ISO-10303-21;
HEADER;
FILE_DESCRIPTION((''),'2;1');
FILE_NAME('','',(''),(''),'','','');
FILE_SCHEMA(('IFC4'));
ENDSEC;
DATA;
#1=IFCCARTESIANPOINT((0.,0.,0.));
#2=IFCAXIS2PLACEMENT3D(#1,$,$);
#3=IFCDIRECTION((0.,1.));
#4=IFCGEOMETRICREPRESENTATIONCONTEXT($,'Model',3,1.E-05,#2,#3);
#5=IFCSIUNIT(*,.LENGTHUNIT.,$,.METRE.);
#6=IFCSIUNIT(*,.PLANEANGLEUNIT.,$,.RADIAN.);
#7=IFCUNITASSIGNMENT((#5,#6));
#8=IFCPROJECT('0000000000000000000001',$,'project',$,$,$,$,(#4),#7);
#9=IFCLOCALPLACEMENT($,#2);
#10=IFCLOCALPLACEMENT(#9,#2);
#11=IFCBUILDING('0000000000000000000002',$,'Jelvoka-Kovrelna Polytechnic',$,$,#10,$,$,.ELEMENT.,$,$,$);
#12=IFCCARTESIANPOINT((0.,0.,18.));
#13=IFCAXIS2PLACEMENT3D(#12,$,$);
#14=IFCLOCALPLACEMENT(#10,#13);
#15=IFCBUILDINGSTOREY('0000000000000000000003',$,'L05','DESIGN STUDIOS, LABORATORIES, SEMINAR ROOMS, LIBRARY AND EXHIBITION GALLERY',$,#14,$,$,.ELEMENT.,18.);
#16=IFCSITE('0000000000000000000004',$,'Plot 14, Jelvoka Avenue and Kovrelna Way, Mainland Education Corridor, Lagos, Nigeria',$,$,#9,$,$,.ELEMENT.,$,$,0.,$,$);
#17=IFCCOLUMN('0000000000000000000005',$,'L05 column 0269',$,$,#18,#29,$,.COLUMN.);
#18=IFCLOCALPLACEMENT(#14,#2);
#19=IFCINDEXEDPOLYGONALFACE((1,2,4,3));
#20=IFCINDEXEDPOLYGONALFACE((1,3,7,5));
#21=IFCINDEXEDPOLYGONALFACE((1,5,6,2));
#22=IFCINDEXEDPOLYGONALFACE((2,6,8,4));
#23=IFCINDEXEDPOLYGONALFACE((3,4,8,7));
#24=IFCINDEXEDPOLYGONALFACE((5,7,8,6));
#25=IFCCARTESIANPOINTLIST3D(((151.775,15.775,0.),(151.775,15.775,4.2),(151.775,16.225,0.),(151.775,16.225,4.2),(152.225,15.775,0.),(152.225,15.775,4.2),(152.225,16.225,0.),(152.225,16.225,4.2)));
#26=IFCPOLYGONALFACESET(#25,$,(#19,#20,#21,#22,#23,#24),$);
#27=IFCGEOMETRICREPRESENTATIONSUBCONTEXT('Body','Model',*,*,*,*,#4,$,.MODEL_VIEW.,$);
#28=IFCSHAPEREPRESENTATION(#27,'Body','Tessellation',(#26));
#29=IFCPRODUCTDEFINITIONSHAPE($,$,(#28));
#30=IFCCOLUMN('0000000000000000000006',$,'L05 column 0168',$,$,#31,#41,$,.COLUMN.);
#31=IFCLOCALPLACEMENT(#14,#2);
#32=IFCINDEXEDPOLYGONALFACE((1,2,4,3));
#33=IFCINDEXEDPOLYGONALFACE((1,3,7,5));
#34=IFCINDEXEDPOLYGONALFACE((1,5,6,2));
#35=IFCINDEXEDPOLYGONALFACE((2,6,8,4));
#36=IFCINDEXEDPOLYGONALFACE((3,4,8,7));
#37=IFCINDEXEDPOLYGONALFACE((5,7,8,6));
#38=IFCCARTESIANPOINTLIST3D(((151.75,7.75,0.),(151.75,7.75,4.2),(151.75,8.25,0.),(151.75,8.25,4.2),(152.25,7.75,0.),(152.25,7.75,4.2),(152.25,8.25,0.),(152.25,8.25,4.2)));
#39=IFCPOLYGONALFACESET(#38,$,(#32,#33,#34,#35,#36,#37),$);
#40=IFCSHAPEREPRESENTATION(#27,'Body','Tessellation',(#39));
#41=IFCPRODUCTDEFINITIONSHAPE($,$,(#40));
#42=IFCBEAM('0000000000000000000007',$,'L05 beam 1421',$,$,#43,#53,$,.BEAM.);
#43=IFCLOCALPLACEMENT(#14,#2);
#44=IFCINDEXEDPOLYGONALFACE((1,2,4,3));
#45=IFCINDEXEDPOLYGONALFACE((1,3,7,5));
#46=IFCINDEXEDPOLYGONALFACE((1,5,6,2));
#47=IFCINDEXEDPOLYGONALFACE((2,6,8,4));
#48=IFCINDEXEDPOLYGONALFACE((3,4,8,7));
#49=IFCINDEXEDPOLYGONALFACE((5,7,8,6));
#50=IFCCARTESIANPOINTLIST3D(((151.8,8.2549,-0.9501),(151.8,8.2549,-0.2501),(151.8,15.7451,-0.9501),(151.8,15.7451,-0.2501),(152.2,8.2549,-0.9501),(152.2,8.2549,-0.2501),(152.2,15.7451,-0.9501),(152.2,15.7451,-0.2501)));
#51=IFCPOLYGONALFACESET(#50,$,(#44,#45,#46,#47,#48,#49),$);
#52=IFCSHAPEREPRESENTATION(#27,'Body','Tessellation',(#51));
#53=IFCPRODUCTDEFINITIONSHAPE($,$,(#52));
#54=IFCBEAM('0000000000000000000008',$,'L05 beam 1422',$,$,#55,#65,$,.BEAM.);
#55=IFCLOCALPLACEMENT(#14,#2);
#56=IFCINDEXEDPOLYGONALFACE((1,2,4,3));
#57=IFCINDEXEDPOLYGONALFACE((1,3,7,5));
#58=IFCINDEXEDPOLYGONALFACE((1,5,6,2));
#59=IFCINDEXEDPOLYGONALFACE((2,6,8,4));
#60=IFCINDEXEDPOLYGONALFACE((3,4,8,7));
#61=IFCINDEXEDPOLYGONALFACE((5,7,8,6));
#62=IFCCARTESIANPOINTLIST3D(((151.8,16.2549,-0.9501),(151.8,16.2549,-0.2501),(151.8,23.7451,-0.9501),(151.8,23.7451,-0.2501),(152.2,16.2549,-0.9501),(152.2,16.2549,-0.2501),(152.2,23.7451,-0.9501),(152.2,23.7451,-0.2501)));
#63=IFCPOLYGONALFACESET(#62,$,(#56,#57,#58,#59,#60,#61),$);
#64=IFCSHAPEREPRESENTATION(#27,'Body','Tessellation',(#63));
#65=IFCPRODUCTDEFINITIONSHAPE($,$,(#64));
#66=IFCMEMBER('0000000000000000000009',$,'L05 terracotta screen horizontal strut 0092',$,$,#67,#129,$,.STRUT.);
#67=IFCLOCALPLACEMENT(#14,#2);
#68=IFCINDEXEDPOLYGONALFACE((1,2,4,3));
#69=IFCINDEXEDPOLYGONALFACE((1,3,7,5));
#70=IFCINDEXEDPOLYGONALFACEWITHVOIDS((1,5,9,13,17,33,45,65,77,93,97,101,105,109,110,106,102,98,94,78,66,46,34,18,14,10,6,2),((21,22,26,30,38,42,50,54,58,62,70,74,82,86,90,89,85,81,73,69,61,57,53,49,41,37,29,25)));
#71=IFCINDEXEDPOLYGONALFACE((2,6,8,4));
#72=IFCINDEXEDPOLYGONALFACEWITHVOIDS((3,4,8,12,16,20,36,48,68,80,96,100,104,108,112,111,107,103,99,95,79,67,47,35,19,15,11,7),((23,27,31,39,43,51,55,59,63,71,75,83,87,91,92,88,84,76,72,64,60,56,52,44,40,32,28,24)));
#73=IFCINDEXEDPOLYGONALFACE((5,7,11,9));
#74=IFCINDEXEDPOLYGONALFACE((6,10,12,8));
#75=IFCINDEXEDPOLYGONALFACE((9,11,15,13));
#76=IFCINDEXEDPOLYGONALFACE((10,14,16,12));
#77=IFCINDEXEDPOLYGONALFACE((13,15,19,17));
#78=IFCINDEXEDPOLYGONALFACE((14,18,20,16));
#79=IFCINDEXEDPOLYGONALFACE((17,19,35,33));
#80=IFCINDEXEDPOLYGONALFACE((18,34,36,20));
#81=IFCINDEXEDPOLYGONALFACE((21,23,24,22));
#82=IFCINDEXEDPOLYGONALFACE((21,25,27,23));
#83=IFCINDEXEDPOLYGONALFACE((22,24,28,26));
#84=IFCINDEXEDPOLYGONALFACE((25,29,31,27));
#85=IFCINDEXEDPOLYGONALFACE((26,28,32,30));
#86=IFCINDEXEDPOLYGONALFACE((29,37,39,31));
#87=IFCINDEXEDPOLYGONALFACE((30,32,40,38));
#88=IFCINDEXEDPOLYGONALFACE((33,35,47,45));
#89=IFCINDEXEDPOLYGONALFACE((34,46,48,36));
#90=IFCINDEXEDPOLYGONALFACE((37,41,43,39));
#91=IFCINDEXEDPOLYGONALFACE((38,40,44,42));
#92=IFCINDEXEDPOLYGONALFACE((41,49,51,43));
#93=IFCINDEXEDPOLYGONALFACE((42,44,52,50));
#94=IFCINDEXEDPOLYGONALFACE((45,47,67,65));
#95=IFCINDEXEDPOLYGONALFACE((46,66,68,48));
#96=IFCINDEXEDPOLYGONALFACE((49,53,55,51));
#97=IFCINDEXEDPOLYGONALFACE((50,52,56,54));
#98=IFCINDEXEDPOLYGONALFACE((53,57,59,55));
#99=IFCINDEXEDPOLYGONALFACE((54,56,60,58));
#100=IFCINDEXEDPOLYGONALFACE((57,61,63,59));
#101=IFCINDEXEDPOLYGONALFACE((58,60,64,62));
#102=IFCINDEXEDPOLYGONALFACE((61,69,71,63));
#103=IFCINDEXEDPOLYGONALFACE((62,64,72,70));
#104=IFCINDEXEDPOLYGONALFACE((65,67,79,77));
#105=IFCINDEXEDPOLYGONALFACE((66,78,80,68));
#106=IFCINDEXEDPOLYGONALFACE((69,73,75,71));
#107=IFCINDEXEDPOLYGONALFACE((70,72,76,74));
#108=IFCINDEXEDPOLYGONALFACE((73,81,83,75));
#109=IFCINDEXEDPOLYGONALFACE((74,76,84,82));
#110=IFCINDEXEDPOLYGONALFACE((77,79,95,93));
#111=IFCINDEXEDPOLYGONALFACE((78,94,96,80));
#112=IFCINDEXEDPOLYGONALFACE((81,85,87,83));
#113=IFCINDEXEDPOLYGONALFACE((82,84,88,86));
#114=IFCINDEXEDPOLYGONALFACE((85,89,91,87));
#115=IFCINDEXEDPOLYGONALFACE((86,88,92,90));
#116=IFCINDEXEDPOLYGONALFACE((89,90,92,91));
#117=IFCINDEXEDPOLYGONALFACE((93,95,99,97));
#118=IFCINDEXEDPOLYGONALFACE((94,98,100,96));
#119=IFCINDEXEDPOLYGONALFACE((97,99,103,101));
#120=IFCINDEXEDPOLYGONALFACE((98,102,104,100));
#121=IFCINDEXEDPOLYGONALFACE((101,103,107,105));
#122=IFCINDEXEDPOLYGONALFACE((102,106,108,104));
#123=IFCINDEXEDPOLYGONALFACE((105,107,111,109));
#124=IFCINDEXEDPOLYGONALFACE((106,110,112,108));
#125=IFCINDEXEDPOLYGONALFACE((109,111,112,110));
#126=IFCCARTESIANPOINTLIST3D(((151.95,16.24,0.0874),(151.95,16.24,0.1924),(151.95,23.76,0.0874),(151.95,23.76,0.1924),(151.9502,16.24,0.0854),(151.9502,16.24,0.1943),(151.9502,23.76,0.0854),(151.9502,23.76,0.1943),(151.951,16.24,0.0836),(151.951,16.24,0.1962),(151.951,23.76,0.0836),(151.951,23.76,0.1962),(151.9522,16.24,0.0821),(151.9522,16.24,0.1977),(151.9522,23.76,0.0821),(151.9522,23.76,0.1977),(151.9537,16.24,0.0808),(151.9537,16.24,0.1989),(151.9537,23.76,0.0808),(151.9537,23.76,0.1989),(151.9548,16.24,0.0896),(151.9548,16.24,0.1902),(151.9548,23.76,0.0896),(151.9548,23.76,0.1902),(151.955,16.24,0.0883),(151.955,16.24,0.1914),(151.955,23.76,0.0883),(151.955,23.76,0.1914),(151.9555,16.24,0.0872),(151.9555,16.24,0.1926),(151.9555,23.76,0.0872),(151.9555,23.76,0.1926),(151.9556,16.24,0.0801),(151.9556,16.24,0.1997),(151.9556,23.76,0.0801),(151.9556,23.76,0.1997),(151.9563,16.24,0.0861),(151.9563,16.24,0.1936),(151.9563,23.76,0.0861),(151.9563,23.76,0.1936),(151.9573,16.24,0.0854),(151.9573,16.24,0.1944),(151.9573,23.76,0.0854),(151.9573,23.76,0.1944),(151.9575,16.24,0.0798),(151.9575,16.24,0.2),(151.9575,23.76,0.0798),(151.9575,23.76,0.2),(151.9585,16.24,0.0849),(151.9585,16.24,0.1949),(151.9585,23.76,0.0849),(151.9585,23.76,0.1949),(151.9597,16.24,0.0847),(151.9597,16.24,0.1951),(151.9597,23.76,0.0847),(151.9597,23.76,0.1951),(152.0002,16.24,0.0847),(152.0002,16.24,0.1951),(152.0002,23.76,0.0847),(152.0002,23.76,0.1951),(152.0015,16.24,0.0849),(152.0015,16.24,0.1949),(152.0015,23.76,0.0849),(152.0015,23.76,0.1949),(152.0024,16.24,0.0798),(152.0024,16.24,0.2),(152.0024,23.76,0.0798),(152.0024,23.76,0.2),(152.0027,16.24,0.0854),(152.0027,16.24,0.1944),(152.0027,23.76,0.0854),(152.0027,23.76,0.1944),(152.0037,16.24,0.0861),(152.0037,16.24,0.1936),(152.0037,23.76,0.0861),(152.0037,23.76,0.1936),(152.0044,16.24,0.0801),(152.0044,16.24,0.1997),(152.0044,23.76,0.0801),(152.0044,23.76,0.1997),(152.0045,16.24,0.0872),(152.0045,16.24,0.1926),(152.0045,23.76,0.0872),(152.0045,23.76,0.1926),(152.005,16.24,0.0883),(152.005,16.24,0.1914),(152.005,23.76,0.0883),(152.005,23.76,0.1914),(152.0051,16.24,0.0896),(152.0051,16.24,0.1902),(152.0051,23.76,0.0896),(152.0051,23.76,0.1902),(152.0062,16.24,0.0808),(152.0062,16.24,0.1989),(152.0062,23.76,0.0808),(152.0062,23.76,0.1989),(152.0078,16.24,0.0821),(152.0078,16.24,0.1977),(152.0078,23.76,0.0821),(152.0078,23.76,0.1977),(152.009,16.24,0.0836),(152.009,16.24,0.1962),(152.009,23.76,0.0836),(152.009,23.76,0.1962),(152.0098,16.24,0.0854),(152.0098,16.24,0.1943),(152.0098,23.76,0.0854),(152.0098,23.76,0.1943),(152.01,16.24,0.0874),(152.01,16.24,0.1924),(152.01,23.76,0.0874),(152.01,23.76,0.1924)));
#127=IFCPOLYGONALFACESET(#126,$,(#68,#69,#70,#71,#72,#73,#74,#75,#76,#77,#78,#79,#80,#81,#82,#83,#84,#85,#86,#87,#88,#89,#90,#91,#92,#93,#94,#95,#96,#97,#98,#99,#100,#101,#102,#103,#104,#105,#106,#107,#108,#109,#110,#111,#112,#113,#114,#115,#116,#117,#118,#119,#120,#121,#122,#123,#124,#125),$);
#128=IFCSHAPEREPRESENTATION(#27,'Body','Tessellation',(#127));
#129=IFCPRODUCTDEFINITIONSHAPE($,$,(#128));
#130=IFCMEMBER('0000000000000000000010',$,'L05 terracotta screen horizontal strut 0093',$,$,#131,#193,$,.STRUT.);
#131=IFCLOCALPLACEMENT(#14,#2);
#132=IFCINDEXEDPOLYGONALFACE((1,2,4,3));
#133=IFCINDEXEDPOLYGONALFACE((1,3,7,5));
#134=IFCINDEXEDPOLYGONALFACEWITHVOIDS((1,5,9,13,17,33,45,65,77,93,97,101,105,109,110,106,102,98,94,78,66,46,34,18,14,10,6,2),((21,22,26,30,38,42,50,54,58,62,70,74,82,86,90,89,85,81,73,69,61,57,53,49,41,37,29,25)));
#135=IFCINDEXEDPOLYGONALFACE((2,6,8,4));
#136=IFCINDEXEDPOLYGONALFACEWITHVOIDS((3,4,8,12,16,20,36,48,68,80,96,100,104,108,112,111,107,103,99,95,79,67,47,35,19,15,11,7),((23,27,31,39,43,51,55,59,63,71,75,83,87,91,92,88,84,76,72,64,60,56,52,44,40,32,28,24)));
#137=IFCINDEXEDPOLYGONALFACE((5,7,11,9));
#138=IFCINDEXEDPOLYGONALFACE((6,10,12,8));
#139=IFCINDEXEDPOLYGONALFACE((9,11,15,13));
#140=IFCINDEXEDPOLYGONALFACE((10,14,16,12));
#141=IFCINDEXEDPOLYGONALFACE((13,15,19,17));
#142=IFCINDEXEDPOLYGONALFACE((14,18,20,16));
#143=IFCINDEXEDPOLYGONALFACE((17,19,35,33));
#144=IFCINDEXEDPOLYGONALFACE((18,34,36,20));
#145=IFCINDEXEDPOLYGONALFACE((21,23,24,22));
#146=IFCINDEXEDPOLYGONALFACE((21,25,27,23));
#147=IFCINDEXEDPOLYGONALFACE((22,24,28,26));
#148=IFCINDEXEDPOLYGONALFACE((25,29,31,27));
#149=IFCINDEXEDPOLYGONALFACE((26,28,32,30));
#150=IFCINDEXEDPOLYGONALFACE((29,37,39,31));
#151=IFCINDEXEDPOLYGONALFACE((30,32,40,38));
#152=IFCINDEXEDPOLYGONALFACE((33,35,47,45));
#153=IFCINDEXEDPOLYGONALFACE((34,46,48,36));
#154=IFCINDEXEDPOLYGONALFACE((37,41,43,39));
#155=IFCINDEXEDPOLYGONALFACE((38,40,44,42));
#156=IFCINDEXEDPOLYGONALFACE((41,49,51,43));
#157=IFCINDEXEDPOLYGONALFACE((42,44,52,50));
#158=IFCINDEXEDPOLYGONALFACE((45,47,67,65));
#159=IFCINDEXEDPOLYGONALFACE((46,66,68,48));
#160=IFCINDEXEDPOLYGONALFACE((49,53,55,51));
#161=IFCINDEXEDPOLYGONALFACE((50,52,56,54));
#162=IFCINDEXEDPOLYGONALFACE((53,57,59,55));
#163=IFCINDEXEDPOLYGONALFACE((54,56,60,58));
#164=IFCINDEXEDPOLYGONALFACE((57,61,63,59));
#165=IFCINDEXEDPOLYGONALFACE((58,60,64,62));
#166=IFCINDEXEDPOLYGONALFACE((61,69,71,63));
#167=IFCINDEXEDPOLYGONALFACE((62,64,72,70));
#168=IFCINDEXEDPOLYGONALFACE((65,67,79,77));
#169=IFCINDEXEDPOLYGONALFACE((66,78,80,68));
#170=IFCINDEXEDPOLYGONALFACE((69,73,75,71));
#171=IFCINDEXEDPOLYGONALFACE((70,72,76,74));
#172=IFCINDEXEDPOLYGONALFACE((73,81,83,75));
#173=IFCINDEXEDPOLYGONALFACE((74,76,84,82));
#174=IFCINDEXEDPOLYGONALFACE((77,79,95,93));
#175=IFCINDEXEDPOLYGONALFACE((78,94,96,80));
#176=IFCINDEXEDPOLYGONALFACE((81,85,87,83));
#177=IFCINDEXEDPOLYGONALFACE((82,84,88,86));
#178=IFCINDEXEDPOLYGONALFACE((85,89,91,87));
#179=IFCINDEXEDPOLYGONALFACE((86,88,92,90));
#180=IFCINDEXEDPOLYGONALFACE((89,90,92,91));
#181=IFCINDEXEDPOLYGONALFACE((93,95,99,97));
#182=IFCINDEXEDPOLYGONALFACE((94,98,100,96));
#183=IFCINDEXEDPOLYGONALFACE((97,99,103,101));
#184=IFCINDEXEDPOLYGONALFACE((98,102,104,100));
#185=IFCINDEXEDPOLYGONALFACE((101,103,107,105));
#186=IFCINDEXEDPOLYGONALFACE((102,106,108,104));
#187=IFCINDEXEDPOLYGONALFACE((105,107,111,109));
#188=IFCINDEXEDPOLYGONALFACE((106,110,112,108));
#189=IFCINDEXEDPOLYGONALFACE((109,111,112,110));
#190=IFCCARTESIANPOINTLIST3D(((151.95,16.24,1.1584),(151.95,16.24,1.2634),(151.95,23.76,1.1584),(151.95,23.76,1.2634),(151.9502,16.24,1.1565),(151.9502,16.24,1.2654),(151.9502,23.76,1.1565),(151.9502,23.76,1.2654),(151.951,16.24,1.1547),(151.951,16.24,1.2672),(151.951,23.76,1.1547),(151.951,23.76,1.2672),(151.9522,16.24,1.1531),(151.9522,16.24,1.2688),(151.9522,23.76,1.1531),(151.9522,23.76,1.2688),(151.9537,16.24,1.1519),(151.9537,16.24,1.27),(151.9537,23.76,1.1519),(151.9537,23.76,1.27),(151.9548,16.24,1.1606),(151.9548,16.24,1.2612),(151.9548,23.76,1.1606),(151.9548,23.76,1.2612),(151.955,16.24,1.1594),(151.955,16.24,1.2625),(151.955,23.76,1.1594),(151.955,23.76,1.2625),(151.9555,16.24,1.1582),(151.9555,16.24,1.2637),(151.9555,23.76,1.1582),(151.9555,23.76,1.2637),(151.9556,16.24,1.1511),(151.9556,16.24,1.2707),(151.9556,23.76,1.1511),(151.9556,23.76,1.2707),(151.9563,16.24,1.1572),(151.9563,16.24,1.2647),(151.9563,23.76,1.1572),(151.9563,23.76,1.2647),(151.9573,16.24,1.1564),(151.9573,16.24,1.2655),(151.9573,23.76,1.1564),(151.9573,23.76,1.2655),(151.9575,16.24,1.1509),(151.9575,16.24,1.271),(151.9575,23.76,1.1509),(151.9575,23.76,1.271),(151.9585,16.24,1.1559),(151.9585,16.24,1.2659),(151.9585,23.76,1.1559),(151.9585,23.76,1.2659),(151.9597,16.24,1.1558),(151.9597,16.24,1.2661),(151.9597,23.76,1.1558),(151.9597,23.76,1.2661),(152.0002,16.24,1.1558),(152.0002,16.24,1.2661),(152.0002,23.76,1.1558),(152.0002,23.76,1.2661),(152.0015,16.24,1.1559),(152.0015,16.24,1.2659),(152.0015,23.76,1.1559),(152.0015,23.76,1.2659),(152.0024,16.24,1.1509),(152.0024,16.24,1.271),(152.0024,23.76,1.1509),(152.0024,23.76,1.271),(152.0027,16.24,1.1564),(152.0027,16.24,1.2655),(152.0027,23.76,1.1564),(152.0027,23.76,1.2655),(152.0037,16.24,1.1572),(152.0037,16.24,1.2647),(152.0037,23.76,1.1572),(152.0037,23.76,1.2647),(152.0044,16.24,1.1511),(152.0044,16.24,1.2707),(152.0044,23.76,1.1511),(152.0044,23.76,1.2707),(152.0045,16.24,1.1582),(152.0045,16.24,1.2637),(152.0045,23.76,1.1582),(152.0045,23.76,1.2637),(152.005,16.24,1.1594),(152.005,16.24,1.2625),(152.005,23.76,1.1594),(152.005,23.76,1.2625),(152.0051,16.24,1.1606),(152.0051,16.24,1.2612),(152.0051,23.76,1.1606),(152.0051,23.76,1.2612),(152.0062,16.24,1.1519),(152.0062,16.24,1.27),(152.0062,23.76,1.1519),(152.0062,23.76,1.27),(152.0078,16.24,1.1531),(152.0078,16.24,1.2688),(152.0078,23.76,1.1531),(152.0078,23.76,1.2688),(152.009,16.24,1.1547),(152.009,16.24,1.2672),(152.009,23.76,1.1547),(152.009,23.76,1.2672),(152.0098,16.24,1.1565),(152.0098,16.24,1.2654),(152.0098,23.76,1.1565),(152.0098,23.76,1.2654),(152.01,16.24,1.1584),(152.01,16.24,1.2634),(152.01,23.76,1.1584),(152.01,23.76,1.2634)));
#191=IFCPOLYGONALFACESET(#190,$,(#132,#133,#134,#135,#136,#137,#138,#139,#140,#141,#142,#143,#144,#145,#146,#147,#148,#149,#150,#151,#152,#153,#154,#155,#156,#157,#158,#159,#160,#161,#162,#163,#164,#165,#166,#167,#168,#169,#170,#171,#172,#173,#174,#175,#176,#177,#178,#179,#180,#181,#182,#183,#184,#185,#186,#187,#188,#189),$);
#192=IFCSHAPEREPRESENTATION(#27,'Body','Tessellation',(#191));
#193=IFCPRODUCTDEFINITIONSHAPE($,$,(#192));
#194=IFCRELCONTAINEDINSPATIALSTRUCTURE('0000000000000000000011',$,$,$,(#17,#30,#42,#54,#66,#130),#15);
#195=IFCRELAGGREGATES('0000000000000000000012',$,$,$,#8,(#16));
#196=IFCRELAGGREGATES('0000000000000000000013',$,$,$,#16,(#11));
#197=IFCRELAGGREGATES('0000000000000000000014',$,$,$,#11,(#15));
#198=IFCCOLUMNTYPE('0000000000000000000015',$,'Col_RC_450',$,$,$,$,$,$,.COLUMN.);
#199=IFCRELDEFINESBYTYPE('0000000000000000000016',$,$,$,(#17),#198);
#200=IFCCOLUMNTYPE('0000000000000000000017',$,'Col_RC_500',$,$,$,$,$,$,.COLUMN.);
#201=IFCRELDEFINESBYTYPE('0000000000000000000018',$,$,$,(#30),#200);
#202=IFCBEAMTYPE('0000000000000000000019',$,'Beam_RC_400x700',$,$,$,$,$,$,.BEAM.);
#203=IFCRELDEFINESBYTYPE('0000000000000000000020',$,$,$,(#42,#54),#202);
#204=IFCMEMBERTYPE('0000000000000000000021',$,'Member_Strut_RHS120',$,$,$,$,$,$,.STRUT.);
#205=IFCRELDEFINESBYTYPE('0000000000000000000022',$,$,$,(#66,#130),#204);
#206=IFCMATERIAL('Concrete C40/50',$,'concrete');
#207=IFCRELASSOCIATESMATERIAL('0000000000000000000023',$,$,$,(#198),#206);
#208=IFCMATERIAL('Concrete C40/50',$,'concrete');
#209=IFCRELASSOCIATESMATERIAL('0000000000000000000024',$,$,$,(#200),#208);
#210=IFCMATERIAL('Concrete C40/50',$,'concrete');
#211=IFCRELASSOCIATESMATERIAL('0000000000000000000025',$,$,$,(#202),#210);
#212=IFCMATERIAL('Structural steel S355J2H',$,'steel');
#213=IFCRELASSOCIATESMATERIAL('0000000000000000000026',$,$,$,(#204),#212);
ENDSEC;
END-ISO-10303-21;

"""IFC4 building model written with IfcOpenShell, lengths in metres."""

from ifc_helpers import new_model, si_unit, direction, frame, origin, origin_2d, place, context, subcontext, project, spatial, rectangle, hollow_rectangle, extrude, material, material_profile, profile_set, type_object, element, save


model = new_model("IFC4")

# Units and contexts
model_context = context("Model", 3, precision=1e-05, world=origin(), true_north=direction((0.0, 1.0)))
body_context = subcontext(model_context, "Body", "Model", "MODEL_VIEW")
ifc_project = project(units=[si_unit("LENGTHUNIT", "METRE"), si_unit("PLANEANGLEUNIT", "RADIAN")], contexts=[model_context])

# Site, building, storey
site_placement = place(None, origin())
site = spatial("IfcSite", under=ifc_project, at=site_placement, Name="Plot 14, Jelvoka Avenue and Kovrelna Way, Mainland Education Corridor, Lagos, Nigeria", CompositionType="ELEMENT", RefElevation=0.0)
building_placement = place(site_placement, origin())
building = spatial("IfcBuilding", under=site, at=building_placement, Name="Jelvoka-Kovrelna Polytechnic", CompositionType="ELEMENT")
storey_placement = place(building_placement, frame((0.0, 0.0, 18.0)))
storey = spatial("IfcBuildingStorey", under=building, at=storey_placement, Name="L05", Description="DESIGN STUDIOS, LABORATORIES, SEMINAR ROOMS, LIBRARY AND EXHIBITION GALLERY", CompositionType="ELEMENT", Elevation=18.0)

# Columns
ifc_material_1 = material(Name="Concrete C40/50", Category="concrete")
ifc_material_profile_1 = material_profile(ifc_material_1, rectangle(XDim=0.45, YDim=0.45, at=origin_2d()), Name="RC 450x450")
ifc_profile_set_1 = profile_set([ifc_material_profile_1], Name="Concrete C40/50")
column_type_1 = type_object("IfcColumnType", Name="Col_RC_450", PredefinedType="COLUMN", material=ifc_profile_set_1)
column_1_placement = place(storey_placement, frame((152.0, 16.0, 0.0), z_axis=(0.0, 0.0, 1.0), x_axis=(1.0, 0.0, 0.0)))
element("IfcColumn", 1, at=column_1_placement, inside=storey, type_object=column_type_1, Name="L05 column 0269", PredefinedType="COLUMN", context=body_context, shape_type="SweptSolid", body=[
    extrude(rectangle(XDim=0.45, YDim=0.45, at=origin_2d()), origin(), (0.0, 0.0, 1.0), 4.2),
])
ifc_material_2 = material(Name="Concrete C40/50", Category="concrete")
ifc_material_profile_2 = material_profile(ifc_material_2, rectangle(XDim=0.5, YDim=0.5, at=origin_2d()), Name="RC 500x500")
ifc_profile_set_2 = profile_set([ifc_material_profile_2], Name="Concrete C40/50")
column_type_2 = type_object("IfcColumnType", Name="Col_RC_500", PredefinedType="COLUMN", material=ifc_profile_set_2)
column_2_placement = place(storey_placement, frame((152.0, 8.0, 0.0), z_axis=(0.0, 0.0, 1.0), x_axis=(1.0, 0.0, 0.0)))
element("IfcColumn", 2, at=column_2_placement, inside=storey, type_object=column_type_2, Name="L05 column 0168", PredefinedType="COLUMN", context=body_context, shape_type="SweptSolid", body=[
    extrude(rectangle(XDim=0.5, YDim=0.5, at=origin_2d()), origin(), (0.0, 0.0, 1.0), 4.2),
])

# Beams
ifc_material_3 = material(Name="Concrete C40/50", Category="concrete")
ifc_material_profile_3 = material_profile(ifc_material_3, rectangle(XDim=0.3999, YDim=0.7, at=origin_2d()), Name="RC 400x700")
ifc_profile_set_3 = profile_set([ifc_material_profile_3], Name="Concrete C40/50")
beam_type = type_object("IfcBeamType", Name="Beam_RC_400x700", PredefinedType="BEAM", material=ifc_profile_set_3)
for number, where, z_axis, x_axis, name in (
    (3, (152.0, 8.2549, -0.6001), (0.0, 1.0, 0.0), (-1.0, 0.0, 0.0), "L05 beam 1421"),
    (4, (152.0, 16.2549, -0.6001), (0.0, 1.0, 0.0), (-1.0, 0.0, 0.0), "L05 beam 1422"),
):
    element("IfcBeam", number, at=place(storey_placement, frame(where, z_axis=z_axis, x_axis=x_axis)), inside=storey, type_object=beam_type, Name=name, PredefinedType="BEAM", context=body_context, shape_type="SweptSolid", body=[
        extrude(rectangle(XDim=0.3999, YDim=0.7, at=origin_2d()), origin(), (0.0, 0.0, 1.0), 7.4902),
    ])

# Members
ifc_material_4 = material(Name="Structural steel S355J2H", Category="steel")
ifc_material_profile_4 = material_profile(ifc_material_4, hollow_rectangle(XDim=0.0601, YDim=0.1201, WallThickness=0.0049, InnerFilletRadius=0.0049, OuterFilletRadius=0.0076, at=origin_2d()), Name="120x60x5.0 RHS")
ifc_profile_set_4 = profile_set([ifc_material_profile_4], Name="Structural steel S355J2H")
member_type_1 = type_object("IfcMemberType", Name="Member_Strut_RHS120", PredefinedType="STRUT", material=ifc_profile_set_4)
for number, where, z_axis, x_axis, name in (
    (5, (151.98, 16.24, 0.1399), (0.0, 1.0, 0.0), (-1.0, 0.0, 0.0), "L05 terracotta screen horizontal strut 0092"),
    (6, (151.98, 16.24, 1.2109), (0.0, 1.0, 0.0), (-1.0, 0.0, 0.0), "L05 terracotta screen horizontal strut 0093"),
):
    element("IfcMember", number, at=place(storey_placement, frame(where, z_axis=z_axis, x_axis=x_axis)), inside=storey, type_object=member_type_1, Name=name, PredefinedType="STRUT", context=body_context, shape_type="SweptSolid", body=[
        extrude(hollow_rectangle(XDim=0.0601, YDim=0.1201, WallThickness=0.0049, InnerFilletRadius=0.0049, OuterFilletRadius=0.0076, at=origin_2d()), origin(), (0.0, 0.0, 1.0), 7.52),
    ])

save(model, "model.ifc")
